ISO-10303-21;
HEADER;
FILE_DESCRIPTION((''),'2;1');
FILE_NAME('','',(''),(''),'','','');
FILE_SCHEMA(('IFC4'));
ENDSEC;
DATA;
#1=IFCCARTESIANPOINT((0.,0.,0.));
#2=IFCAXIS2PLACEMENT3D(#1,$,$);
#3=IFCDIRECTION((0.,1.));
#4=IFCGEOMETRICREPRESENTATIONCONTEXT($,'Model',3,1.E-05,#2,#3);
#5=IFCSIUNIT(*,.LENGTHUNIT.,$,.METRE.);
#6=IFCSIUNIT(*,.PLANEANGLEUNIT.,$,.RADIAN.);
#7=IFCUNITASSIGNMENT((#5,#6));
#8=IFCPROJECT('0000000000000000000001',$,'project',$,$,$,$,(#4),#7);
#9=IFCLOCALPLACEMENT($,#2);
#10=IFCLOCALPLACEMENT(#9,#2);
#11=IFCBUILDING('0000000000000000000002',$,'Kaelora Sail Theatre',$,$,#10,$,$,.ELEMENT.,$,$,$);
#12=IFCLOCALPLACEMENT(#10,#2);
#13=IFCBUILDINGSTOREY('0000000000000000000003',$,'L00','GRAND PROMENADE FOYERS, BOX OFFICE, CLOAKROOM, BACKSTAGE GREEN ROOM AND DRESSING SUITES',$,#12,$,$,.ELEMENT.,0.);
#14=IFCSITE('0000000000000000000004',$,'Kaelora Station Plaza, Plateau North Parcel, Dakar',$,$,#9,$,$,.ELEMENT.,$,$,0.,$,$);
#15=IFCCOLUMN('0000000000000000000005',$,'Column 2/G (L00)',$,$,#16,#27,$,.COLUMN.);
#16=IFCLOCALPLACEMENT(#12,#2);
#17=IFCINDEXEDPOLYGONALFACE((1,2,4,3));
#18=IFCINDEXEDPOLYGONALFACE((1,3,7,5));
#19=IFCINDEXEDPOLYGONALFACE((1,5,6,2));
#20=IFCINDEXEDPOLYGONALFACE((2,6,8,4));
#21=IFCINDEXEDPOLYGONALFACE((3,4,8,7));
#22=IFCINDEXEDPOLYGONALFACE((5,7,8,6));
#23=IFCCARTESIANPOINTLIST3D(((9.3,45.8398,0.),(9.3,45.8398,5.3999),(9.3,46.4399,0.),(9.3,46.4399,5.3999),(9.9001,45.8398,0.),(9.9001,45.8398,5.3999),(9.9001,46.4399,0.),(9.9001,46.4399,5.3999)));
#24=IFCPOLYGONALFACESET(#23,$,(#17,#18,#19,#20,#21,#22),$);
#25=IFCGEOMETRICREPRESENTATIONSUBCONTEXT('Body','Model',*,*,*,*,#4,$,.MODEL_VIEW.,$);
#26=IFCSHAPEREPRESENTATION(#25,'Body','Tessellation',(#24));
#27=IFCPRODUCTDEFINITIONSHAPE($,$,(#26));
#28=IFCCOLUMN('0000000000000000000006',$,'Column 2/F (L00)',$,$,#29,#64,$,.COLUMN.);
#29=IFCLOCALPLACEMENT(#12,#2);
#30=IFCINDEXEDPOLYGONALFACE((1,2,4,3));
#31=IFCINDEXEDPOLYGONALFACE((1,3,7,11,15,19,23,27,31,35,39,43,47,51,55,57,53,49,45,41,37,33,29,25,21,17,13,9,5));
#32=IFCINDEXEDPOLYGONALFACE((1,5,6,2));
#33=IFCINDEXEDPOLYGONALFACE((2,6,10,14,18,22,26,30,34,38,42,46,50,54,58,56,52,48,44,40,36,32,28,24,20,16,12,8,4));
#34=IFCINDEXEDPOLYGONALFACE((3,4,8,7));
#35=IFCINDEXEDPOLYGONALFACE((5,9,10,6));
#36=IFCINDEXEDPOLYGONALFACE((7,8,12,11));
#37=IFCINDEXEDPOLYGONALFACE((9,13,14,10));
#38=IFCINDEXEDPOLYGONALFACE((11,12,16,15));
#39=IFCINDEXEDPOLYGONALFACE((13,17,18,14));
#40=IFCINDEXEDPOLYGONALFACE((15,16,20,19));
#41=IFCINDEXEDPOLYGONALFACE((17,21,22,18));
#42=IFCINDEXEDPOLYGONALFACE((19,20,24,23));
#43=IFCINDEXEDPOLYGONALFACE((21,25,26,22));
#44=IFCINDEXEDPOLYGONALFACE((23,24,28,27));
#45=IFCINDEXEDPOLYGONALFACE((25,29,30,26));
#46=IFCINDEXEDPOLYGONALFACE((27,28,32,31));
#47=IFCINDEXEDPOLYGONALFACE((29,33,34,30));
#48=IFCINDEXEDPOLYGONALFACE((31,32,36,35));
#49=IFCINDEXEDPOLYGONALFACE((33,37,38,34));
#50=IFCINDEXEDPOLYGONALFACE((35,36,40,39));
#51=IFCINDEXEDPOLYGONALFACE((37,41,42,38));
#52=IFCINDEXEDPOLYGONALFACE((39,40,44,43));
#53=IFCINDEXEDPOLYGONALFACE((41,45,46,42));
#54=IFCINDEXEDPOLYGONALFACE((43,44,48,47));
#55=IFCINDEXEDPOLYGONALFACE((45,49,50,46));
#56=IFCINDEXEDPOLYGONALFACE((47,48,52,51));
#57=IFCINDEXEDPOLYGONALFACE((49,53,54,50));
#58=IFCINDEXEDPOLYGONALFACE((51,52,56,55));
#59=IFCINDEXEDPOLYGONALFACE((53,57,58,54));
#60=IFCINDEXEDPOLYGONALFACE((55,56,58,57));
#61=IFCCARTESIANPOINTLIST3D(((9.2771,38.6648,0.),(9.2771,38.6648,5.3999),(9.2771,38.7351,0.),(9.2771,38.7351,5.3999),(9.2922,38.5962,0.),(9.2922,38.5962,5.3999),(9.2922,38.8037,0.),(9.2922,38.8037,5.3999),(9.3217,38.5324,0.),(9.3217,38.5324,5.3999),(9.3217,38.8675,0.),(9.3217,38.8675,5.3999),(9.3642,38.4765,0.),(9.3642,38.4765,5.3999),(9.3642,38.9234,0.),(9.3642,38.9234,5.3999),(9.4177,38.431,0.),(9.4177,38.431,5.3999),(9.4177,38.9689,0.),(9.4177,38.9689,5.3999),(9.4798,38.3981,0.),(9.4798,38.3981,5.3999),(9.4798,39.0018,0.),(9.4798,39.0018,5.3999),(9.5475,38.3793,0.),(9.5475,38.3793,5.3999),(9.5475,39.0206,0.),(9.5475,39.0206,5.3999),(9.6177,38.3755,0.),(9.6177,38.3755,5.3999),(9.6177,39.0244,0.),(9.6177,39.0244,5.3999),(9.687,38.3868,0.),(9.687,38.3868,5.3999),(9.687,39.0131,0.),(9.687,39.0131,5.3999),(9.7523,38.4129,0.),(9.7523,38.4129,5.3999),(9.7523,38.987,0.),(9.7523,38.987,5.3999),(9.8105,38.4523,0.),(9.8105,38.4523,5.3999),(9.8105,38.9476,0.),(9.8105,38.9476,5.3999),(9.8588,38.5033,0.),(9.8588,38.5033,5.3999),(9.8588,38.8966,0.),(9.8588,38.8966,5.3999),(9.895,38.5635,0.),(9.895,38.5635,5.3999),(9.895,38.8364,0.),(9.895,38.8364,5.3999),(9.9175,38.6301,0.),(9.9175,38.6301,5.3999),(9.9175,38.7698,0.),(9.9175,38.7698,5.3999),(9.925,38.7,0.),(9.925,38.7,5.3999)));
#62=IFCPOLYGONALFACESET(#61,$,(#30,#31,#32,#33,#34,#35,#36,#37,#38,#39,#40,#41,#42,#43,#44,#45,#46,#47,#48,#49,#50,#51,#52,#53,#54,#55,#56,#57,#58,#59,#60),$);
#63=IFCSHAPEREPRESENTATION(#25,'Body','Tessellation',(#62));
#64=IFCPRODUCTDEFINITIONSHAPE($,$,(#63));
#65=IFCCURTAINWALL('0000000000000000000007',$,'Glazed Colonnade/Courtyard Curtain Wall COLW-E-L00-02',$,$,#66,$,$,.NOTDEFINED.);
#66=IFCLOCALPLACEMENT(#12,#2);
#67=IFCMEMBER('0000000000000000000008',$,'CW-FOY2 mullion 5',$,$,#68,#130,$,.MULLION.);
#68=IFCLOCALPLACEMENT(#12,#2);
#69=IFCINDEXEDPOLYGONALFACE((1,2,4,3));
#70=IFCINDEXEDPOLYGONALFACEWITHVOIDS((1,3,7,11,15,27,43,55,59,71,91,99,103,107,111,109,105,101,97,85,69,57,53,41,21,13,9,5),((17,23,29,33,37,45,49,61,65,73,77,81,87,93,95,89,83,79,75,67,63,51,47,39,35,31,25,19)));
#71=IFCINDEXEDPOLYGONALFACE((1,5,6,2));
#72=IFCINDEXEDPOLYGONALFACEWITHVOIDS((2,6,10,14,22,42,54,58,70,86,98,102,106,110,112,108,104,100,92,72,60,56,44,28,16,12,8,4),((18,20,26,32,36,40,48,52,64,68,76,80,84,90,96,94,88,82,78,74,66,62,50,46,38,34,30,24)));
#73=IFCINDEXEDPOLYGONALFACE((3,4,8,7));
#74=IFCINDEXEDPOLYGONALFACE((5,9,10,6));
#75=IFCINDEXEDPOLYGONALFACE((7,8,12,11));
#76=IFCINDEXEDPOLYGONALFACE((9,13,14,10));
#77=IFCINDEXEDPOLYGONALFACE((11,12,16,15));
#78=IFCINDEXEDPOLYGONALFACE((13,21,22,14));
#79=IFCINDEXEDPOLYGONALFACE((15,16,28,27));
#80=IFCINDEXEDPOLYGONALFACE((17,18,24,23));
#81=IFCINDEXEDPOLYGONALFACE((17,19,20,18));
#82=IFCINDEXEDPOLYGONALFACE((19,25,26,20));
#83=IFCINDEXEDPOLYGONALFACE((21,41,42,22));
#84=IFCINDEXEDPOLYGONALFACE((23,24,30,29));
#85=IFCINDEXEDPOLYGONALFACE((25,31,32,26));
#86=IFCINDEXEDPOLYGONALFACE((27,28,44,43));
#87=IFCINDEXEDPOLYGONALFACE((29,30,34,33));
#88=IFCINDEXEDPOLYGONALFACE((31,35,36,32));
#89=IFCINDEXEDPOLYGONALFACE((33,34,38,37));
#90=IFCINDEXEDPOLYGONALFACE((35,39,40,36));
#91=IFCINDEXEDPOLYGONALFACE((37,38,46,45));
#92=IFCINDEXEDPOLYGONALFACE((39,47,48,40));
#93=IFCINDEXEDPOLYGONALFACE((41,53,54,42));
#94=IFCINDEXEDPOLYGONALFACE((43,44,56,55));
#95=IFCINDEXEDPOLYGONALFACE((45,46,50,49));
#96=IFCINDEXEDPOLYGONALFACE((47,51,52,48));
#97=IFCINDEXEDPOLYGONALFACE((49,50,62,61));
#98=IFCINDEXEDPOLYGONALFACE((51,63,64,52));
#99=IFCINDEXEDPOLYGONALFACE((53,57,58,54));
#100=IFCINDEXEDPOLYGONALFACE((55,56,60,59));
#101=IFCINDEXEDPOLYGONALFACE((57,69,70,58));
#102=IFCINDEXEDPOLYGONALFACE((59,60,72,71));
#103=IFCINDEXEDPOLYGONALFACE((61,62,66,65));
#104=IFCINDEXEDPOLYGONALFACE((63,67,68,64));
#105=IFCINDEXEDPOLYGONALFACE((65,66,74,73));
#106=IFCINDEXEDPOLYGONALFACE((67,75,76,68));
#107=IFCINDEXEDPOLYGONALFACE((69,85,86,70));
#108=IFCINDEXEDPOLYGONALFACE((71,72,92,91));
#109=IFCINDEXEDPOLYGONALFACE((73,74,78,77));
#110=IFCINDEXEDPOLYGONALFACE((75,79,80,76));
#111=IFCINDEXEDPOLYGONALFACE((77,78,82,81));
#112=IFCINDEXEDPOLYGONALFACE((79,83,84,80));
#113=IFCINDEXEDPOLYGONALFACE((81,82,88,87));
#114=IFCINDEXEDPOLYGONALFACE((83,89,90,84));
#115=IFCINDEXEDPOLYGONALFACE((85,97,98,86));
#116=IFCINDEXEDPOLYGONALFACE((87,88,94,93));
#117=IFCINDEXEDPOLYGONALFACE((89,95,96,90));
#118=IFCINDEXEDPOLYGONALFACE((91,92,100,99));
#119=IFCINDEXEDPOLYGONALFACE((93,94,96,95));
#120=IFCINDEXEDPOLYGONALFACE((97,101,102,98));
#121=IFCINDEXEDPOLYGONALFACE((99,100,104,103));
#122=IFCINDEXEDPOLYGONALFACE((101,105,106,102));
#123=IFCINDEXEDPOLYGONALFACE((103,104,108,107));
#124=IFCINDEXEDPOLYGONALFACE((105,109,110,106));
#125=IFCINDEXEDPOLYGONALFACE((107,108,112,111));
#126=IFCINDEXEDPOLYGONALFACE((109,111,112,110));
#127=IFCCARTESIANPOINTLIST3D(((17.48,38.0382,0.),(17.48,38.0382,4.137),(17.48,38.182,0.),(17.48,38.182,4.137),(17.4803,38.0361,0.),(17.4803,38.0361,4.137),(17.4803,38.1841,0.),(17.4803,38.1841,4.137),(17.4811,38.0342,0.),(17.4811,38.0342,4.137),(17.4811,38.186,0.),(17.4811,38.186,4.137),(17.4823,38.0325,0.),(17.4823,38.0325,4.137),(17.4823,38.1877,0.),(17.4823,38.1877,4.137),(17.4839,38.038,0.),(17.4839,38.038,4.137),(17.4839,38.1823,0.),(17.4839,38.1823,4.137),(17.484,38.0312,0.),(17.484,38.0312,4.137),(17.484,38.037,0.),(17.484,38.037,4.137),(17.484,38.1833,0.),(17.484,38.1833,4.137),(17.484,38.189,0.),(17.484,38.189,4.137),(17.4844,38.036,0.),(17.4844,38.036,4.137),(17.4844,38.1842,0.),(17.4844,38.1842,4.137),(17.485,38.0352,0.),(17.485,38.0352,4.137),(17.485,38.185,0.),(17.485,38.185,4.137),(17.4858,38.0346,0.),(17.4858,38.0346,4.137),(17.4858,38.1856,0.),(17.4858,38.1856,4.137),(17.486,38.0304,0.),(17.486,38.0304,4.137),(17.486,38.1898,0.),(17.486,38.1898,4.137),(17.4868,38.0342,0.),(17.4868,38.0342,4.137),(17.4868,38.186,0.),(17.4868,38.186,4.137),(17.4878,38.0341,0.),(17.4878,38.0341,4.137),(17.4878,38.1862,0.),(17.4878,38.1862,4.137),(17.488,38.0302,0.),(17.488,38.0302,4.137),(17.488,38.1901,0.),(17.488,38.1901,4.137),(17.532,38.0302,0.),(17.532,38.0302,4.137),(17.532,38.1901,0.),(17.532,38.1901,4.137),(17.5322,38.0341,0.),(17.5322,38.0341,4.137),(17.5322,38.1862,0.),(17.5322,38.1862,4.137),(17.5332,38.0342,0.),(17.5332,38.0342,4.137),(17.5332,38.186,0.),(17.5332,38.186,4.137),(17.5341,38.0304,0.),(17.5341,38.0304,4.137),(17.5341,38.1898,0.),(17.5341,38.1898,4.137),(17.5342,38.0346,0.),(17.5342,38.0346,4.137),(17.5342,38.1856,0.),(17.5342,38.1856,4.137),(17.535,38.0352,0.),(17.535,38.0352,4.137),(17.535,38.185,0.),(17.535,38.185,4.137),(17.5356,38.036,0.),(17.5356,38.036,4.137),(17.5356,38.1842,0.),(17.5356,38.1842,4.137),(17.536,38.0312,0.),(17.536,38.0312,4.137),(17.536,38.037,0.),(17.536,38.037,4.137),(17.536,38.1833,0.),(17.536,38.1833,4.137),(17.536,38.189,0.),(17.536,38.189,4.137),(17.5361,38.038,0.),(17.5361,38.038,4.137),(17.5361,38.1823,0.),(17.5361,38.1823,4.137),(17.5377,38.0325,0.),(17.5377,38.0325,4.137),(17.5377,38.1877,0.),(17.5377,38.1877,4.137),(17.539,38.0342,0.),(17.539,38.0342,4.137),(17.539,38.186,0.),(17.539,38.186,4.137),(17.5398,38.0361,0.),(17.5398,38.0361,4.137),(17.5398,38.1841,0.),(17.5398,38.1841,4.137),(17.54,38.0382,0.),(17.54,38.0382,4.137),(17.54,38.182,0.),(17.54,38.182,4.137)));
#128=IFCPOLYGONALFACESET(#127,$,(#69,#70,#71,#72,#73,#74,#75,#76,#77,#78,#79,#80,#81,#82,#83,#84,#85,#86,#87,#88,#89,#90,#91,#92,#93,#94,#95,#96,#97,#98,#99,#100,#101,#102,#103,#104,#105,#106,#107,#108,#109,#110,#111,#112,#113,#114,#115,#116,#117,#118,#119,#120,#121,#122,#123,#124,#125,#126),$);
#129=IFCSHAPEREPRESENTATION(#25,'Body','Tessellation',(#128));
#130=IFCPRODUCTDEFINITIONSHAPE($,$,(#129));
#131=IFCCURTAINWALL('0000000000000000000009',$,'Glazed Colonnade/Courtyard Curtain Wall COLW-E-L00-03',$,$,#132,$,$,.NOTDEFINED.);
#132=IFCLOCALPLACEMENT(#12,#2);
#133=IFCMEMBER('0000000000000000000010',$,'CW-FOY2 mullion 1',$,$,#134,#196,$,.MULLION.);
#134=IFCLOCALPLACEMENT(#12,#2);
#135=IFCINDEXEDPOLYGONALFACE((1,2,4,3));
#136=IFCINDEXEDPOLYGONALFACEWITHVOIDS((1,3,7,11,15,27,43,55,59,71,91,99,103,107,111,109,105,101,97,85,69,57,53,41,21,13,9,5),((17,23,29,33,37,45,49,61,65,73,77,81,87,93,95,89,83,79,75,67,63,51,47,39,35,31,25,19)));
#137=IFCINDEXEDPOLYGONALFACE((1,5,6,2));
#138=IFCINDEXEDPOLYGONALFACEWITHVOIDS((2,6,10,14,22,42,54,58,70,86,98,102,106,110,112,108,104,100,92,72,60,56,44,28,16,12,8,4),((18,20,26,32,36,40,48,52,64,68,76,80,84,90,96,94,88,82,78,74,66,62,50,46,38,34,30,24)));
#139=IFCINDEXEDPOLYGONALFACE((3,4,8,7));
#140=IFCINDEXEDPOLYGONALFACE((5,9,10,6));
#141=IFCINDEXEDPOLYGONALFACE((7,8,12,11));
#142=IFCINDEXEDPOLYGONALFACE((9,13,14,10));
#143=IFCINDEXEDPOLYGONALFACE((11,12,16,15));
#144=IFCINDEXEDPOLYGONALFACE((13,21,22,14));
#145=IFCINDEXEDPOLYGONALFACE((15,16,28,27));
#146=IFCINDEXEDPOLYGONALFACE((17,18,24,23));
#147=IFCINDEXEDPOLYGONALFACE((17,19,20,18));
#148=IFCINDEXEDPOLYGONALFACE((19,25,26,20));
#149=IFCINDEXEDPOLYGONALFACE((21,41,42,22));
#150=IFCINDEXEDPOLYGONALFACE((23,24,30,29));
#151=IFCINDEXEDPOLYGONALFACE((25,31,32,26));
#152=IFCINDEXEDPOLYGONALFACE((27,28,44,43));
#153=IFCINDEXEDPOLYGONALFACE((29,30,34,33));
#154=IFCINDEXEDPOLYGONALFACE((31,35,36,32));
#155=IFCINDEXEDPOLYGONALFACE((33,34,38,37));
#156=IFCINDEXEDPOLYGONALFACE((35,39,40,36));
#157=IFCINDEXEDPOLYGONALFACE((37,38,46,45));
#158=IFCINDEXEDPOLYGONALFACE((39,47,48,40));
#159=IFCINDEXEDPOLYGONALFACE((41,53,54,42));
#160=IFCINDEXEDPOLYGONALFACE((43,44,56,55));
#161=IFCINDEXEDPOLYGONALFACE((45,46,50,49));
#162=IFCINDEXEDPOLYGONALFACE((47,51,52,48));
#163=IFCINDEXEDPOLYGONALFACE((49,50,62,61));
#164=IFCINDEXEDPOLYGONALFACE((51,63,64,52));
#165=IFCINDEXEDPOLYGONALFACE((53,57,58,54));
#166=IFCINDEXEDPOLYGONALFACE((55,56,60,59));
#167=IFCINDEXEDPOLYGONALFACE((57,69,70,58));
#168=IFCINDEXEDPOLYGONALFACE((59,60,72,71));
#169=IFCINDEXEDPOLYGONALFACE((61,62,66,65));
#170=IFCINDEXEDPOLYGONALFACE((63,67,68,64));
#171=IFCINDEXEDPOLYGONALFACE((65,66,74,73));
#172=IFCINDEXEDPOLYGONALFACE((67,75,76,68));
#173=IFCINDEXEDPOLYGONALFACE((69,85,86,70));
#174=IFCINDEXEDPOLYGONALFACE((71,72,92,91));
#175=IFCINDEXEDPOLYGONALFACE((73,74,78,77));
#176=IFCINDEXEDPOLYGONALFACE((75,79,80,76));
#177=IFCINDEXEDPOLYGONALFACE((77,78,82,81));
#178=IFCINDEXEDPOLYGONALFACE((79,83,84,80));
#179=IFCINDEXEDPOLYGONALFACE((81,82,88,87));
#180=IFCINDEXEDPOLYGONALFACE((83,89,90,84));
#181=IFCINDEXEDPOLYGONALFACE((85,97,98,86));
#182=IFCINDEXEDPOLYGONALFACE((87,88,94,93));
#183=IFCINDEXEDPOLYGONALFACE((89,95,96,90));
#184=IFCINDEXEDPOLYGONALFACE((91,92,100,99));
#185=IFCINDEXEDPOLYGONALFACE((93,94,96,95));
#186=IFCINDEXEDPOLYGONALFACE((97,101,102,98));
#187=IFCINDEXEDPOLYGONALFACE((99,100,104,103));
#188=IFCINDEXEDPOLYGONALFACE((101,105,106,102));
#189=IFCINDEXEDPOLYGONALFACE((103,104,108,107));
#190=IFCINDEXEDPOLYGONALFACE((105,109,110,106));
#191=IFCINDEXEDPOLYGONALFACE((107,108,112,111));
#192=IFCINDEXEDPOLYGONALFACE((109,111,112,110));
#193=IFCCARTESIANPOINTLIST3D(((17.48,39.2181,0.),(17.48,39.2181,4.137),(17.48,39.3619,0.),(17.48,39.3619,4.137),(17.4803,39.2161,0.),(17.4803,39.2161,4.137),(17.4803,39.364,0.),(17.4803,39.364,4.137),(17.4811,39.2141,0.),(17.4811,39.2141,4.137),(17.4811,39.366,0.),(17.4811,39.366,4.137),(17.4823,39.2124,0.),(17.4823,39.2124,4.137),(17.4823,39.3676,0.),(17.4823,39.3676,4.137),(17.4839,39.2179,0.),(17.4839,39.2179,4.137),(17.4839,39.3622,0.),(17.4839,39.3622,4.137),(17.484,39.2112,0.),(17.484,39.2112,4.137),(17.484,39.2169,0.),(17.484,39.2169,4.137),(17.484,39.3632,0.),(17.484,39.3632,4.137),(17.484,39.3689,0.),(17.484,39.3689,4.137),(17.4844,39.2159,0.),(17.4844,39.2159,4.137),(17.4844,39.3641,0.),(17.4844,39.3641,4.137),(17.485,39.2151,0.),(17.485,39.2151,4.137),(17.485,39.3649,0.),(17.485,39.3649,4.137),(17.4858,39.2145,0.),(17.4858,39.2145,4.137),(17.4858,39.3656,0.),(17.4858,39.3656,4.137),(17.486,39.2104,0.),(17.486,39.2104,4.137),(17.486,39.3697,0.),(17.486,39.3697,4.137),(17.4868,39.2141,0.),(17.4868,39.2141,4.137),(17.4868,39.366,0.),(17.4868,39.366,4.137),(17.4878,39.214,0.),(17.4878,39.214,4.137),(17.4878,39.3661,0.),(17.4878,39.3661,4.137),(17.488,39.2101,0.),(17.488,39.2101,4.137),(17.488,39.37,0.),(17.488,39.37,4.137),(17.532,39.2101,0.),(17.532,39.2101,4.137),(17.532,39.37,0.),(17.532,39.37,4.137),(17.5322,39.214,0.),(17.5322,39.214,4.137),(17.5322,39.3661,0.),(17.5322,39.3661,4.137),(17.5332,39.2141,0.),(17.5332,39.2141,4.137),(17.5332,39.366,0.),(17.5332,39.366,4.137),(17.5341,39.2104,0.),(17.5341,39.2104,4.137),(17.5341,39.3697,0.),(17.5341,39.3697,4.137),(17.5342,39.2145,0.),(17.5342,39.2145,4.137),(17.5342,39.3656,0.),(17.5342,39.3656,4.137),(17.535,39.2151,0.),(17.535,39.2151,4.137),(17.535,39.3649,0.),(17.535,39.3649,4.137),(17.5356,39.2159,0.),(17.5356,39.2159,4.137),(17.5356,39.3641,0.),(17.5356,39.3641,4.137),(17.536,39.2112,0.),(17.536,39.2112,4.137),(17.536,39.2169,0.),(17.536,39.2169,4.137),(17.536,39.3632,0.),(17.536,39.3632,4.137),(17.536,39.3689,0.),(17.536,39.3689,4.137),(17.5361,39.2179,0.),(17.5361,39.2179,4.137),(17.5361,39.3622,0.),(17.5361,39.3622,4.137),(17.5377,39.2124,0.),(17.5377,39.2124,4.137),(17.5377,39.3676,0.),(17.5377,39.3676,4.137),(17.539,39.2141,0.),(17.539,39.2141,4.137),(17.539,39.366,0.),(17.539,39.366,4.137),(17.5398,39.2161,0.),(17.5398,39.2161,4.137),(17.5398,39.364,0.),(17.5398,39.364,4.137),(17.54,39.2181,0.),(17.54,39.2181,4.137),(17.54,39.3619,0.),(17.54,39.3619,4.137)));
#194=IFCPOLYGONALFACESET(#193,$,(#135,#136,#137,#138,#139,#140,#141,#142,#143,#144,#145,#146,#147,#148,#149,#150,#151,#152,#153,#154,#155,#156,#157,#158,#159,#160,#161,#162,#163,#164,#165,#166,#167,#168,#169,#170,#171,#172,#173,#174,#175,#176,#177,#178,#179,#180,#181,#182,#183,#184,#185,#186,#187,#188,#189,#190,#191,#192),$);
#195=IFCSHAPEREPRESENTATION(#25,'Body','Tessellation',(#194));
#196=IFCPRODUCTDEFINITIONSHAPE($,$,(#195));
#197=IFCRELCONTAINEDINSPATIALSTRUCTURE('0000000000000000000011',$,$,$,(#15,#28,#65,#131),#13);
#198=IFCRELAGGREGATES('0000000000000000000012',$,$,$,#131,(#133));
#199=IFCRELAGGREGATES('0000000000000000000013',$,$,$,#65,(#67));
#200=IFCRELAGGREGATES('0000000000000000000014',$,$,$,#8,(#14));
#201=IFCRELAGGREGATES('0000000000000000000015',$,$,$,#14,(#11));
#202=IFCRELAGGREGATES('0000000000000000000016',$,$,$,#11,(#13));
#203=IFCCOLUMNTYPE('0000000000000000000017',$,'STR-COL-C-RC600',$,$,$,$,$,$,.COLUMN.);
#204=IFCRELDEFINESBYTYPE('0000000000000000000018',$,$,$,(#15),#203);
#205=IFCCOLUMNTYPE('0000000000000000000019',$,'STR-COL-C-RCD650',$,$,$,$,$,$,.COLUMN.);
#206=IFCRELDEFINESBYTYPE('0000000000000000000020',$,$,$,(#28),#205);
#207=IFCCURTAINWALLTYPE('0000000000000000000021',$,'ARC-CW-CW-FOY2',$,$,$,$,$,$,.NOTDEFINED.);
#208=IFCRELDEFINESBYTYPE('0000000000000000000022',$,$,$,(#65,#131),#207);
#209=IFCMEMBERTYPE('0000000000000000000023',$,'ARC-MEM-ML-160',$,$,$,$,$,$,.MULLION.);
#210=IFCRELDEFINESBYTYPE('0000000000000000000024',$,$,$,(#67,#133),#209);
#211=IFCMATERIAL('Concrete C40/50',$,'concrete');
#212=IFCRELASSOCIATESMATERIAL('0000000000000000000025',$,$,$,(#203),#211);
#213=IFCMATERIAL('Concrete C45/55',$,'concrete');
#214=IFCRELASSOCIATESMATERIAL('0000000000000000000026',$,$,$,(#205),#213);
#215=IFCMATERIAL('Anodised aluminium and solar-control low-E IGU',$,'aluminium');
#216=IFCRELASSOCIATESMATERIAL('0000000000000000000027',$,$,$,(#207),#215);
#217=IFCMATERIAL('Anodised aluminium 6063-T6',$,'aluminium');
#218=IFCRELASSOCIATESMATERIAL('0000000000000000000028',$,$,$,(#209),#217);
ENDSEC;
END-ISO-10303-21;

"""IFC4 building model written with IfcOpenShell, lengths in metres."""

from ifc_helpers import new_model, si_unit, direction, frame, origin, origin_2d, place, context, subcontext, project, spatial, rectangle, hollow_rectangle, circle, extrude, material, material_profile, profile_set, type_object, element, aggregate, save


model = new_model("IFC4")

# Units and contexts
model_context = context("Model", 3, precision=1e-05, world=origin(), true_north=direction((0.0, 1.0)))
body_context = subcontext(model_context, "Body", "Model", "MODEL_VIEW")
ifc_project = project(units=[si_unit("LENGTHUNIT", "METRE"), si_unit("PLANEANGLEUNIT", "RADIAN")], contexts=[model_context])

# Site, building, storey
site_placement = place(None, origin())
site = spatial("IfcSite", under=ifc_project, at=site_placement, Name="Kaelora Station Plaza, Plateau North Parcel, Dakar", CompositionType="ELEMENT", RefElevation=0.0)
building_placement = place(site_placement, origin())
building = spatial("IfcBuilding", under=site, at=building_placement, Name="Kaelora Sail Theatre", CompositionType="ELEMENT")
storey_placement = place(building_placement, origin())
storey = spatial("IfcBuildingStorey", under=building, at=storey_placement, Name="L00", Description="GRAND PROMENADE FOYERS, BOX OFFICE, CLOAKROOM, BACKSTAGE GREEN ROOM AND DRESSING SUITES", CompositionType="ELEMENT", Elevation=0.0)

# Columns
ifc_material_1 = material(Name="Concrete C40/50", Category="concrete")
ifc_material_profile_1 = material_profile(ifc_material_1, rectangle(XDim=0.6001, YDim=0.6001, at=origin_2d()), Name="RC-COL 600x600")
ifc_profile_set_1 = profile_set([ifc_material_profile_1], Name="Concrete C40/50")
column_type_1 = type_object("IfcColumnType", Name="STR-COL-C-RC600", PredefinedType="COLUMN", material=ifc_profile_set_1)
column_1_placement = place(storey_placement, frame((9.6001, 46.1399, 0.0), z_axis=(0.0, 0.0, 1.0), x_axis=(1.0, 0.0, 0.0)))
element("IfcColumn", 1, at=column_1_placement, inside=storey, type_object=column_type_1, Name="Column 2/G (L00)", PredefinedType="COLUMN", context=body_context, shape_type="SweptSolid", body=[
    extrude(rectangle(XDim=0.6001, YDim=0.6001, at=origin_2d()), origin(), (0.0, 0.0, 1.0), 5.3999),
])
ifc_material_2 = material(Name="Concrete C45/55", Category="concrete")
ifc_material_profile_2 = material_profile(ifc_material_2, circle(Radius=0.325, at=origin_2d()), Name="RC-CCOL D650")
ifc_profile_set_2 = profile_set([ifc_material_profile_2], Name="Concrete C45/55")
column_type_2 = type_object("IfcColumnType", Name="STR-COL-C-RCD650", PredefinedType="COLUMN", material=ifc_profile_set_2)
column_2_placement = place(storey_placement, frame((9.6001, 38.7, 0.0), z_axis=(0.0, 0.0, 1.0), x_axis=(1.0, 0.0, 0.0)))
element("IfcColumn", 2, at=column_2_placement, inside=storey, type_object=column_type_2, Name="Column 2/F (L00)", PredefinedType="COLUMN", context=body_context, shape_type="SweptSolid", body=[
    extrude(circle(Radius=0.325, at=origin_2d()), origin(), (0.0, 0.0, 1.0), 5.3999),
])

# Curtain walls, members
ifc_material_3 = material(Name="Anodised aluminium and solar-control low-E IGU", Category="aluminium")
curtain_wall_type = type_object("IfcCurtainWallType", Name="ARC-CW-CW-FOY2", PredefinedType="NOTDEFINED", material=ifc_material_3)
curtain_wall_1_placement = place(storey_placement, origin())
curtain_wall_1 = element("IfcCurtainWall", 3, at=curtain_wall_1_placement, inside=storey, type_object=curtain_wall_type, Name="Glazed Colonnade/Courtyard Curtain Wall COLW-E-L00-02", PredefinedType="NOTDEFINED")
ifc_material_4 = material(Name="Anodised aluminium 6063-T6", Category="aluminium")
ifc_material_profile_3 = material_profile(ifc_material_4, hollow_rectangle(XDim=0.0601, YDim=0.1599, WallThickness=0.0039, InnerFilletRadius=0.0039, OuterFilletRadius=0.0081, at=origin_2d()), Name="ALU-MULL 60x160x4")
ifc_profile_set_3 = profile_set([ifc_material_profile_3], Name="Anodised aluminium 6063-T6")
member_type_1 = type_object("IfcMemberType", Name="ARC-MEM-ML-160", PredefinedType="MULLION", material=ifc_profile_set_3)
member_1_placement = place(storey_placement, frame((17.51, 38.1101, 0.0), z_axis=(0.0, 0.0, 1.0), x_axis=(-1.0, 0.0, 0.0)))
member_1 = element("IfcMember", 4, at=member_1_placement, type_object=member_type_1, Name="CW-FOY2 mullion 5", PredefinedType="MULLION", context=body_context, shape_type="SweptSolid", body=[
    extrude(hollow_rectangle(XDim=0.0601, YDim=0.1599, WallThickness=0.0039, InnerFilletRadius=0.0039, OuterFilletRadius=0.0081, at=origin_2d()), origin(), (0.0, 0.0, 1.0), 4.137),
])
curtain_wall_2_placement = place(storey_placement, origin())
curtain_wall_2 = element("IfcCurtainWall", 5, at=curtain_wall_2_placement, inside=storey, type_object=curtain_wall_type, Name="Glazed Colonnade/Courtyard Curtain Wall COLW-E-L00-03", PredefinedType="NOTDEFINED")
member_2_placement = place(storey_placement, frame((17.51, 39.29, 0.0), z_axis=(0.0, 0.0, 1.0), x_axis=(-1.0, 0.0, 0.0)))
member_2 = element("IfcMember", 6, at=member_2_placement, type_object=member_type_1, Name="CW-FOY2 mullion 1", PredefinedType="MULLION", context=body_context, shape_type="SweptSolid", body=[
    extrude(hollow_rectangle(XDim=0.0601, YDim=0.1599, WallThickness=0.0039, InnerFilletRadius=0.0039, OuterFilletRadius=0.0081, at=origin_2d()), origin(), (0.0, 0.0, 1.0), 4.137),
])
aggregate(curtain_wall_2, [member_2])

aggregate(curtain_wall_1, [member_1])

save(model, "model.ifc")
